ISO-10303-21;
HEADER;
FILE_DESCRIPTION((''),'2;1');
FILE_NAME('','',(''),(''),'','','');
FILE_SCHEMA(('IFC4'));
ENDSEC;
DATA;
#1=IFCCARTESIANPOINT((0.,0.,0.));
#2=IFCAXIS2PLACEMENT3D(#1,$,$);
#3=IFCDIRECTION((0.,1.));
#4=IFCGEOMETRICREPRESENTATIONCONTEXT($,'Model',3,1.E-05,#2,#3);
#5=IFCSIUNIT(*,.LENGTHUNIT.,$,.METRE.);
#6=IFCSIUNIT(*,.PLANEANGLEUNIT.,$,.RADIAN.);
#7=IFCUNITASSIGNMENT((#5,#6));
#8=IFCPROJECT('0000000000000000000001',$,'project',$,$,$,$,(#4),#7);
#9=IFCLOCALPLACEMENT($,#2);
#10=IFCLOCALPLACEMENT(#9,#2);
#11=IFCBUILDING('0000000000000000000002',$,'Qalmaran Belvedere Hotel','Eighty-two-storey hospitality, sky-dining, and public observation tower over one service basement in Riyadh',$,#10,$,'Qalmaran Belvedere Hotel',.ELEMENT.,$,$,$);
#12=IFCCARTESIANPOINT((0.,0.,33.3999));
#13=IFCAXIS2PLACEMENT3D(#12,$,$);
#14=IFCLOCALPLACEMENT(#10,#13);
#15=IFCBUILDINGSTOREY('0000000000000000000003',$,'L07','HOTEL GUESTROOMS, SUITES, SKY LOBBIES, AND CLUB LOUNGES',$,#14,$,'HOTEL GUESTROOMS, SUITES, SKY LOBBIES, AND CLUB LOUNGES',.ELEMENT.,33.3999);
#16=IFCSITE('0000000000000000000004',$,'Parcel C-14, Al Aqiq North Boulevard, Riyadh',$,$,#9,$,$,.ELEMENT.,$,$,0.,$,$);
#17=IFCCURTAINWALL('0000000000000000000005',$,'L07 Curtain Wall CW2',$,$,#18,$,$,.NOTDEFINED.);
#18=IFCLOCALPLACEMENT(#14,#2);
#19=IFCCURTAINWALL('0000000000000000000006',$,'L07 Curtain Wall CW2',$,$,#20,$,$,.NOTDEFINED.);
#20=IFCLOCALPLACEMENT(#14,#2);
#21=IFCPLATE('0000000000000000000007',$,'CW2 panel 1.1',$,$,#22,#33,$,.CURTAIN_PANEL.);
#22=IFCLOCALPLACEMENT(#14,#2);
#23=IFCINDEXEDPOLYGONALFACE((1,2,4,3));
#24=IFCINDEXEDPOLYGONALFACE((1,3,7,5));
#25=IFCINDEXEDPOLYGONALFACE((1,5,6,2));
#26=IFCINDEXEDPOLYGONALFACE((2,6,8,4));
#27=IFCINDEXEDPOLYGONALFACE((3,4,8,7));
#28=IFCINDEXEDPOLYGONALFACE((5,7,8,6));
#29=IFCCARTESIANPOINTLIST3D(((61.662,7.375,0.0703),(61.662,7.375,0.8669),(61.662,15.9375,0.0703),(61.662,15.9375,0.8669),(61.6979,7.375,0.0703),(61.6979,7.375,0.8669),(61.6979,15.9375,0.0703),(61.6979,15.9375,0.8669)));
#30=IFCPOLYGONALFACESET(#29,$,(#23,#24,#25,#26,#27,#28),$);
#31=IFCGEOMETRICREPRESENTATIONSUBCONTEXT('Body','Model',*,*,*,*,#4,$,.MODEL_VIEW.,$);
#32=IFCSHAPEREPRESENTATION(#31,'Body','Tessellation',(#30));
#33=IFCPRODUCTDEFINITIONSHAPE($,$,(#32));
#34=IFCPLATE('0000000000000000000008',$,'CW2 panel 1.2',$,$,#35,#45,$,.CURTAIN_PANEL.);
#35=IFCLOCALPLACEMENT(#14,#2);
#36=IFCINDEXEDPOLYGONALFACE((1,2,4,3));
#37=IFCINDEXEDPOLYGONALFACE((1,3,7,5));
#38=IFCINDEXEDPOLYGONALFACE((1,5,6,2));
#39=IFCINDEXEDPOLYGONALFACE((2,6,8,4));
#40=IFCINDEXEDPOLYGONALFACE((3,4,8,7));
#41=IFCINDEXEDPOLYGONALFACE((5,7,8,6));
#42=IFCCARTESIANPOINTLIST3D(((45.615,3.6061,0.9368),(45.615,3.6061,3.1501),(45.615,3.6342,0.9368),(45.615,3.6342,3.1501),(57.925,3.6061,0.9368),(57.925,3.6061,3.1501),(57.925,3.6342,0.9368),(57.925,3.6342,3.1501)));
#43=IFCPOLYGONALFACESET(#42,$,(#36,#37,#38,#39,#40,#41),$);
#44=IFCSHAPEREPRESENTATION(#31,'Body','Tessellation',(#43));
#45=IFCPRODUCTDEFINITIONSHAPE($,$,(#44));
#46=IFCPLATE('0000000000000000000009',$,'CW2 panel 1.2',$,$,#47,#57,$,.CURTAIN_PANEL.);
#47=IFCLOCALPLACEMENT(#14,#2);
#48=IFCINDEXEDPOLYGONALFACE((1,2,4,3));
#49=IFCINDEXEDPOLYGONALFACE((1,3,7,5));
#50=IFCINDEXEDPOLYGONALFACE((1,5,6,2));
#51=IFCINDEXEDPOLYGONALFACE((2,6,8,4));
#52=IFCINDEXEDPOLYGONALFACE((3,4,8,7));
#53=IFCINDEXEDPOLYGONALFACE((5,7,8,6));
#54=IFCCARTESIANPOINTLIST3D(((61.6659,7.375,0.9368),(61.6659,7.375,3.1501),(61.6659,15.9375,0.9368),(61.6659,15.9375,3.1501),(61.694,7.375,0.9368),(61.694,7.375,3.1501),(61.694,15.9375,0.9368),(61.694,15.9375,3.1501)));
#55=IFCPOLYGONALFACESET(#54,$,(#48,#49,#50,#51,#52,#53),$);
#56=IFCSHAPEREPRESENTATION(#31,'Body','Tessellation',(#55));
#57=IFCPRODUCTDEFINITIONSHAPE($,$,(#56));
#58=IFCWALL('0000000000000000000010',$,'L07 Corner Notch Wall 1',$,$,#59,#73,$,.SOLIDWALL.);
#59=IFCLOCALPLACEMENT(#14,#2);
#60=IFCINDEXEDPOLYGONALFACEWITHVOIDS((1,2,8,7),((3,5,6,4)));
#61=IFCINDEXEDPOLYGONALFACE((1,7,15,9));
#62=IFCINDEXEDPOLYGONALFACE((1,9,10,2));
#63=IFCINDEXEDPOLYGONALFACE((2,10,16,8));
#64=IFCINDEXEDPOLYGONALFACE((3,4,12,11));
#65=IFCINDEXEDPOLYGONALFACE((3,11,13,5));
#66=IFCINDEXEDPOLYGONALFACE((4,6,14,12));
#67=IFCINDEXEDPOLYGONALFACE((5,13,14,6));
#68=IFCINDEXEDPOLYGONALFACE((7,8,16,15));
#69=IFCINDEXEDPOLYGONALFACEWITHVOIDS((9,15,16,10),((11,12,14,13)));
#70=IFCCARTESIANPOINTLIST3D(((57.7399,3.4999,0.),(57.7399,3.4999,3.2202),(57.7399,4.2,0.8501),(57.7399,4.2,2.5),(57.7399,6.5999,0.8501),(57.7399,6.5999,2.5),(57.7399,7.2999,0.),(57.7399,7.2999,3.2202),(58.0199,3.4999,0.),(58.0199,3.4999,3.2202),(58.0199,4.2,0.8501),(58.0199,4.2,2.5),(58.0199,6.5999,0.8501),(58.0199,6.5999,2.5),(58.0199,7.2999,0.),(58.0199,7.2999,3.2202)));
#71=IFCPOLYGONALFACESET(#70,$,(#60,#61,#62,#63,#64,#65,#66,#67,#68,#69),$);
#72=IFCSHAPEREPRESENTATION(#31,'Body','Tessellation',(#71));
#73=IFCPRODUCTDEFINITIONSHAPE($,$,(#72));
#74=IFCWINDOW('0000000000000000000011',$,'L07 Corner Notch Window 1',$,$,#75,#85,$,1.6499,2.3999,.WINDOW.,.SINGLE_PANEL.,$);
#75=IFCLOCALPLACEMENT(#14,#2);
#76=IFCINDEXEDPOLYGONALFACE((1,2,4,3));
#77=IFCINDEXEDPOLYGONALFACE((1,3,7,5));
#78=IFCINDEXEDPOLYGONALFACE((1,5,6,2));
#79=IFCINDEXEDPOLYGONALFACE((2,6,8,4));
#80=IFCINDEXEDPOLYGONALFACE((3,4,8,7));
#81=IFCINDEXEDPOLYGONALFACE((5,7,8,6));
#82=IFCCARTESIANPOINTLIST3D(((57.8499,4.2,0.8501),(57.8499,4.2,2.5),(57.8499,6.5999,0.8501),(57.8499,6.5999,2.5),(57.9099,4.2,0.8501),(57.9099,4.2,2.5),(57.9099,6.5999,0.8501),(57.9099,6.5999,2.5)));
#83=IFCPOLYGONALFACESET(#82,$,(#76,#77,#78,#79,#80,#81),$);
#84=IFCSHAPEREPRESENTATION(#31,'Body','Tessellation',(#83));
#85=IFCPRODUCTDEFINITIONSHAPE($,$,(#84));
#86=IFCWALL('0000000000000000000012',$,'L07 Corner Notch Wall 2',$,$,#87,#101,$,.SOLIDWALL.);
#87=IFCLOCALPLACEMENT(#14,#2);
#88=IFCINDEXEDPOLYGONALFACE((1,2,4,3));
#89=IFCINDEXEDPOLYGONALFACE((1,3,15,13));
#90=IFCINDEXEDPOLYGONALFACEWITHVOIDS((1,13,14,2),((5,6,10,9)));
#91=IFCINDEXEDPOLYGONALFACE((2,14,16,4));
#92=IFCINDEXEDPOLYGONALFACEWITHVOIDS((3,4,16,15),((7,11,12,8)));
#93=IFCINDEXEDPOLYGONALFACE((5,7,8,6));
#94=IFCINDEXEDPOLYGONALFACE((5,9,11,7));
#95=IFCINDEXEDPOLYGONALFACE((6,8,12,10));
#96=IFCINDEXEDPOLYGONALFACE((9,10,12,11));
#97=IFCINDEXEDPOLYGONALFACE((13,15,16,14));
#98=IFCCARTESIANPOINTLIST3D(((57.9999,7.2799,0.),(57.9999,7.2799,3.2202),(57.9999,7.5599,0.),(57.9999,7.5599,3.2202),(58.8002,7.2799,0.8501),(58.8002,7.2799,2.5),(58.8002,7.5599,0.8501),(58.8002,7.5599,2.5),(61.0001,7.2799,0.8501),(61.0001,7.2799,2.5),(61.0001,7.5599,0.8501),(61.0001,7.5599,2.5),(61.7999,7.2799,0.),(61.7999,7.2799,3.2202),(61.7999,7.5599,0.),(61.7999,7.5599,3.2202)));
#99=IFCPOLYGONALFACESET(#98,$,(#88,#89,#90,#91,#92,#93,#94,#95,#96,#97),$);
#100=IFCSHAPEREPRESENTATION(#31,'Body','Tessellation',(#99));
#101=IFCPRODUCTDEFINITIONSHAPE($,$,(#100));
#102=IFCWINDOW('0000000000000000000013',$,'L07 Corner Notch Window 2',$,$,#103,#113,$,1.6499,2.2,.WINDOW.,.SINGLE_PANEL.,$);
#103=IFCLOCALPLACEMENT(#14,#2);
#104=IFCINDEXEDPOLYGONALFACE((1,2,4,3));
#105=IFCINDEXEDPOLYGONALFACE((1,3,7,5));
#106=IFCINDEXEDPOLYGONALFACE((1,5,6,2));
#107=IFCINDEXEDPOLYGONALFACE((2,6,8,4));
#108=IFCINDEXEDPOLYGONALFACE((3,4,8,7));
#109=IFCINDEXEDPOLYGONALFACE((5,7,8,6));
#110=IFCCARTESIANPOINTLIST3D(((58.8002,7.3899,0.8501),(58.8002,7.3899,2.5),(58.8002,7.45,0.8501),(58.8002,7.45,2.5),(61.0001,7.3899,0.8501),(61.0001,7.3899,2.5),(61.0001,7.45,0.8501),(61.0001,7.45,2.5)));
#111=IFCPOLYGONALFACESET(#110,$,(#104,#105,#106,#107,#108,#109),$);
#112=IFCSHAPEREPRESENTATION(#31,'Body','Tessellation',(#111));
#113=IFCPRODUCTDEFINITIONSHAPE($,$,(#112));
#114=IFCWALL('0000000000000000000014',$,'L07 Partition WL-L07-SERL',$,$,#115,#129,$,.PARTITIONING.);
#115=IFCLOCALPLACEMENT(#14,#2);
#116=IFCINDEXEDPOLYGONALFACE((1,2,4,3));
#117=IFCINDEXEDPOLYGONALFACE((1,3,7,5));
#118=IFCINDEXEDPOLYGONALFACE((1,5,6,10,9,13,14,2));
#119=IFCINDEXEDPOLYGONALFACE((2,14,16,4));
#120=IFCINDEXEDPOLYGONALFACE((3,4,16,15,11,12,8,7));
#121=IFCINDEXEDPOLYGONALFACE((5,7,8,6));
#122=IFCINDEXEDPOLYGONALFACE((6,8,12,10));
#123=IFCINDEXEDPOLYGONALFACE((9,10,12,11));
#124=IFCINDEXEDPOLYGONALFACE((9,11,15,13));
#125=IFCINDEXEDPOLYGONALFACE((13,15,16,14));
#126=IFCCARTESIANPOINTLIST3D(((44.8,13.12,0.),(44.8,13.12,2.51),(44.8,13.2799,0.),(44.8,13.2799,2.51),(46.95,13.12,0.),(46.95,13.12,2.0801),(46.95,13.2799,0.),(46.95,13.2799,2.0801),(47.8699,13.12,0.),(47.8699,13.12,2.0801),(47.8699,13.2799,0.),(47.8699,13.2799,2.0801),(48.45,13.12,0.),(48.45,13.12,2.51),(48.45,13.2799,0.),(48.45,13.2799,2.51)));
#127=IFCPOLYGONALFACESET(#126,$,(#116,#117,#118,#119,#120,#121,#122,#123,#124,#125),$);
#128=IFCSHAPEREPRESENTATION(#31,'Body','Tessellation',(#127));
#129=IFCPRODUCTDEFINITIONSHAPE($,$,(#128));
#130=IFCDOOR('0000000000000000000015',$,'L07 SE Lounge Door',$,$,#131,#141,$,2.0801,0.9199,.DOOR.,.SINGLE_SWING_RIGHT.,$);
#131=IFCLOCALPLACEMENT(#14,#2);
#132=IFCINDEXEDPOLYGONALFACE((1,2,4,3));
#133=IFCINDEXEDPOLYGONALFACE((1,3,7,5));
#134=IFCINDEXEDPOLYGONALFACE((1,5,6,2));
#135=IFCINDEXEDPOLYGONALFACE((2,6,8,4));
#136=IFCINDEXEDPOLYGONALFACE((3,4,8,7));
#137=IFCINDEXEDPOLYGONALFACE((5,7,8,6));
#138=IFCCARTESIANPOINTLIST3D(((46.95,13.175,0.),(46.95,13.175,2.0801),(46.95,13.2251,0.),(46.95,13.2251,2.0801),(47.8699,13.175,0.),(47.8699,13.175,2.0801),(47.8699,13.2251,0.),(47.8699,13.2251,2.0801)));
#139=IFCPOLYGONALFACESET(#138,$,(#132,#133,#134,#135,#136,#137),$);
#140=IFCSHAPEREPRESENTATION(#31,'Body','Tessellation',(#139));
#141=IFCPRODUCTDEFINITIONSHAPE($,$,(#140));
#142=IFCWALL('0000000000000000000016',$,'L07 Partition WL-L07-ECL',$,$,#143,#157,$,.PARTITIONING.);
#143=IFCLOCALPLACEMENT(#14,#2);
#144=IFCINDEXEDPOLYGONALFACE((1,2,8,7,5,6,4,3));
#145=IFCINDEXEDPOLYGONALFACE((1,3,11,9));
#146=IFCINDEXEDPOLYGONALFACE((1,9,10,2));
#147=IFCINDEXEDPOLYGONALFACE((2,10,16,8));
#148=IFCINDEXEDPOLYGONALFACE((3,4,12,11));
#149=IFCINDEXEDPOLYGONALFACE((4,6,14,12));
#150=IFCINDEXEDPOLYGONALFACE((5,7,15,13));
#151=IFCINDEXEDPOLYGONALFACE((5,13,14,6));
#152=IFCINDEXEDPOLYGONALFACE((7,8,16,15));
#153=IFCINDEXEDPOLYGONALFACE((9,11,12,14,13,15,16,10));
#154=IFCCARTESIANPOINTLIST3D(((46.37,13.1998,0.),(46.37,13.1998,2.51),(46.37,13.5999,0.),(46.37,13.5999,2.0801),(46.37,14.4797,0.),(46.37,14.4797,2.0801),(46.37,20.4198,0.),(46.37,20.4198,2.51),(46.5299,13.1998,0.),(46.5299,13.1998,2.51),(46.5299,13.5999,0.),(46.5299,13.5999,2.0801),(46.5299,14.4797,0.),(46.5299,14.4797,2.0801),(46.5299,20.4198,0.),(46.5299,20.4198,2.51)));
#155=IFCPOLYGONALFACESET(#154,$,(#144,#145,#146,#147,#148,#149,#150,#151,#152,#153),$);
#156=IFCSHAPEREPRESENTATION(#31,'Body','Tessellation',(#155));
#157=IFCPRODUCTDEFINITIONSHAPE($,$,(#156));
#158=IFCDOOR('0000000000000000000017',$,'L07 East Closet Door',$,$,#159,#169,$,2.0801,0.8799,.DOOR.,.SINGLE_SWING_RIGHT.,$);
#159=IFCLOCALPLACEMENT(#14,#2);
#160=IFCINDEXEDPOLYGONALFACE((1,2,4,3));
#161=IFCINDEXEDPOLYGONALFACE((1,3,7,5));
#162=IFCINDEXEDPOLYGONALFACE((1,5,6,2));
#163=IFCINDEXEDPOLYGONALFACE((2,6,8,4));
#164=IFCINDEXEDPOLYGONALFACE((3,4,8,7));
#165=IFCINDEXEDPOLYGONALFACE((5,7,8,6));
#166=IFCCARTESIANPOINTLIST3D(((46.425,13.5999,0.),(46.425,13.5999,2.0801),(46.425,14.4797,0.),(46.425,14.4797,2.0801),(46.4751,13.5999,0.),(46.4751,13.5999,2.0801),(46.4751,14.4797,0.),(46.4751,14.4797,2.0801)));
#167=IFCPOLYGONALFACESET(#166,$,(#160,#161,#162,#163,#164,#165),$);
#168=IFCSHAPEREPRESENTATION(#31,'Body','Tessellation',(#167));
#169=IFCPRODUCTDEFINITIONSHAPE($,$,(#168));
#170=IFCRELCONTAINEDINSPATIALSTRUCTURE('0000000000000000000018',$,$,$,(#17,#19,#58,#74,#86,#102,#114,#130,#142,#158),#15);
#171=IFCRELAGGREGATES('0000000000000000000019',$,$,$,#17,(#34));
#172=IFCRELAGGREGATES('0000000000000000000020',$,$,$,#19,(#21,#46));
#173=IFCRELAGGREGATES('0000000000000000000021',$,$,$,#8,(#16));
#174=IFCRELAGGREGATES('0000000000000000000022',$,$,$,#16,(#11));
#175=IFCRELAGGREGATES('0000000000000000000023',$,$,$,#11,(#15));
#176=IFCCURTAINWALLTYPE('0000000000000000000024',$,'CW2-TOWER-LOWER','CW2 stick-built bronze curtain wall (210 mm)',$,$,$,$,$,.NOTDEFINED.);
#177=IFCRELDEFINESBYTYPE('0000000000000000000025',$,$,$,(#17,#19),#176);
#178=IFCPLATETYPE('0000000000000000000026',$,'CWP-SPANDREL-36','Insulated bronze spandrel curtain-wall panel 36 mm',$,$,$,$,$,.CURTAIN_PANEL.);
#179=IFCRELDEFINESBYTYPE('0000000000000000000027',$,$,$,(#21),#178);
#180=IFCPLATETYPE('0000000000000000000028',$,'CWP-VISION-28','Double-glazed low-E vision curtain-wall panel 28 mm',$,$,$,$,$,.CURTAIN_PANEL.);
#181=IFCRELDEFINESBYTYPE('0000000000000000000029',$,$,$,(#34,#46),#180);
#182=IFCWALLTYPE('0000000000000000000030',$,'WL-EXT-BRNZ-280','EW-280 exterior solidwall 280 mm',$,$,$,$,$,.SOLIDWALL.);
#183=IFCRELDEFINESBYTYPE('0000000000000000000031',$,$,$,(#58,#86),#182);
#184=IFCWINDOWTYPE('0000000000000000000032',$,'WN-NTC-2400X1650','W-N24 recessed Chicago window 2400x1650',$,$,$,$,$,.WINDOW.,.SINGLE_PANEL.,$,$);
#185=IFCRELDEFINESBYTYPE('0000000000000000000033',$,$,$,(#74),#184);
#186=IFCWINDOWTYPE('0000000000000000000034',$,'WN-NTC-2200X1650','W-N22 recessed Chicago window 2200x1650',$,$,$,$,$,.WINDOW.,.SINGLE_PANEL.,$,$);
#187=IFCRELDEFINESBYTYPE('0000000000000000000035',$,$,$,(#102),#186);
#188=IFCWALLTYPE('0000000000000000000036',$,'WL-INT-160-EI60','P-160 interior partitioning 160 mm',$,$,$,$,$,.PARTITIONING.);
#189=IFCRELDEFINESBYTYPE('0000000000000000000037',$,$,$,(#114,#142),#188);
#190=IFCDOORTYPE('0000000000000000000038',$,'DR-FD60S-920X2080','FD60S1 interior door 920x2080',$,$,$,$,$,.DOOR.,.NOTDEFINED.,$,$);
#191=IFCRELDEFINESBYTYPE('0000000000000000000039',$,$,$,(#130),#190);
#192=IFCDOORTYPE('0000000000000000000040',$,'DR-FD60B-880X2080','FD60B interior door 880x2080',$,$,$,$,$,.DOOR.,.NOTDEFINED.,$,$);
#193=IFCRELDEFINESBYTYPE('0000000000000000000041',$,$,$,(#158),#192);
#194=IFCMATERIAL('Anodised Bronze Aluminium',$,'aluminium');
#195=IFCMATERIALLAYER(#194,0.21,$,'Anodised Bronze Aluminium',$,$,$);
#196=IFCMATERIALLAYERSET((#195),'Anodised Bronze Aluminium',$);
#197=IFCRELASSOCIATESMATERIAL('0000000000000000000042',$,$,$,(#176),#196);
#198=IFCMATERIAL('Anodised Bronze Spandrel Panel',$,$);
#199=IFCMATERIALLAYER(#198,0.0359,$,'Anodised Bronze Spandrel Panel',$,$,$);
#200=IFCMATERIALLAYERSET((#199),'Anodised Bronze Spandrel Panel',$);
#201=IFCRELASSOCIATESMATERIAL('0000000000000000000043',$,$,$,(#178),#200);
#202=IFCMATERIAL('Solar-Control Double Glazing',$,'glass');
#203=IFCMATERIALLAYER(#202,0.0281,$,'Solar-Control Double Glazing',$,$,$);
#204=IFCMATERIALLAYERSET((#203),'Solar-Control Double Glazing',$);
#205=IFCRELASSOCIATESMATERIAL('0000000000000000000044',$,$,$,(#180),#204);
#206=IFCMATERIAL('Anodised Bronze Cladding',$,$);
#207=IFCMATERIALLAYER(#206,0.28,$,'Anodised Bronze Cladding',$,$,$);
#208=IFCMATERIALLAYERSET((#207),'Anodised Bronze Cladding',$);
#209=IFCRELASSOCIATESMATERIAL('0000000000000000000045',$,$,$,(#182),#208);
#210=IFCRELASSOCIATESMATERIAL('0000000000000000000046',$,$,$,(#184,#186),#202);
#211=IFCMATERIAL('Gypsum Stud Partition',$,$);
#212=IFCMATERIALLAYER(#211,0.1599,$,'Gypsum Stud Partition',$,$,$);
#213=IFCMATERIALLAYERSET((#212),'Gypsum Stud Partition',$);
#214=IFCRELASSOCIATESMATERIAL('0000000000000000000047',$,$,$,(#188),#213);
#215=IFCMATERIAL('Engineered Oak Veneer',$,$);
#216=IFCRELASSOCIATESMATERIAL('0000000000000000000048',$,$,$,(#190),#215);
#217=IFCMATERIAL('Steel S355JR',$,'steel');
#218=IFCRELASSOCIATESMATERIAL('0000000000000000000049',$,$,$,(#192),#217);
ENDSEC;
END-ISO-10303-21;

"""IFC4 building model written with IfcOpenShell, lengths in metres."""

from ifc_helpers import new_model, si_unit, direction, frame, frame_2d, origin, origin_2d, place, context, subcontext, project, spatial, rectangle, extrude, material, layer, layer_set, type_object, element, fill, aggregate, save


model = new_model("IFC4")

# Units and contexts
model_context = context("Model", 3, precision=1e-05, world=origin(), true_north=direction((0.0, 1.0)))
body_context = subcontext(model_context, "Body", "Model", "MODEL_VIEW")
ifc_project = project(units=[si_unit("LENGTHUNIT", "METRE"), si_unit("PLANEANGLEUNIT", "RADIAN")], contexts=[model_context])

# Site, building, storey
site_placement = place(None, origin())
site = spatial("IfcSite", under=ifc_project, at=site_placement, Name="Parcel C-14, Al Aqiq North Boulevard, Riyadh", CompositionType="ELEMENT", RefElevation=0.0)
building_placement = place(site_placement, origin())
building = spatial("IfcBuilding", under=site, at=building_placement, Name="Qalmaran Belvedere Hotel", Description="Eighty-two-storey hospitality, sky-dining, and public observation tower over one service basement in Riyadh", LongName="Qalmaran Belvedere Hotel", CompositionType="ELEMENT")
storey_placement = place(building_placement, frame((0.0, 0.0, 33.3999)))
storey = spatial("IfcBuildingStorey", under=building, at=storey_placement, Name="L07", Description="HOTEL GUESTROOMS, SUITES, SKY LOBBIES, AND CLUB LOUNGES", LongName="HOTEL GUESTROOMS, SUITES, SKY LOBBIES, AND CLUB LOUNGES", CompositionType="ELEMENT", Elevation=33.3999)

# Shared definitions
ifc_material_1 = material(Name="Steel S355JR", Category="steel")

# Curtain wall
ifc_material_2 = material(Name="Anodised Bronze Aluminium", Category="aluminium")
ifc_layer_1 = layer(ifc_material_2, 0.21, Name="Anodised Bronze Aluminium")
ifc_layer_set_1 = layer_set([ifc_layer_1], Name="Anodised Bronze Aluminium")
curtain_wall_type = type_object("IfcCurtainWallType", Name="CW2-TOWER-LOWER", Description="CW2 stick-built bronze curtain wall (210 mm)", PredefinedType="NOTDEFINED", material=ifc_layer_set_1)
curtain_wall_1_placement = place(storey_placement, origin())
curtain_wall_1 = element("IfcCurtainWall", 1, at=curtain_wall_1_placement, inside=storey, type_object=curtain_wall_type, Name="L07 Curtain Wall CW2", PredefinedType="NOTDEFINED")

# Curtain wall
curtain_wall_2_placement = place(storey_placement, origin())
curtain_wall_2 = element("IfcCurtainWall", 2, at=curtain_wall_2_placement, inside=storey, type_object=curtain_wall_type, Name="L07 Curtain Wall CW2", PredefinedType="NOTDEFINED")

# Plates
ifc_material_3 = material(Name="Anodised Bronze Spandrel Panel")
ifc_layer_2 = layer(ifc_material_3, 0.0359, Name="Anodised Bronze Spandrel Panel")
ifc_layer_set_2 = layer_set([ifc_layer_2], Name="Anodised Bronze Spandrel Panel")
plate_type_1 = type_object("IfcPlateType", Name="CWP-SPANDREL-36", Description="Insulated bronze spandrel curtain-wall panel 36 mm", PredefinedType="CURTAIN_PANEL", material=ifc_layer_set_2)
plate_1_placement = place(storey_placement, frame((61.6799, 11.6562, 0.0703), z_axis=(0.0, 0.0, 1.0), x_axis=(0.0, 1.0, 0.0)))
plate_1 = element("IfcPlate", 3, at=plate_1_placement, type_object=plate_type_1, Name="CW2 panel 1.1", PredefinedType="CURTAIN_PANEL", context=body_context, shape_type="SweptSolid", body=[
    extrude(rectangle(XDim=8.5625, YDim=0.0359, at=origin_2d()), origin(), (0.0, 0.0, 1.0), 0.7966),
])
ifc_material_4 = material(Name="Solar-Control Double Glazing", Category="glass")
ifc_layer_3 = layer(ifc_material_4, 0.0281, Name="Solar-Control Double Glazing")
ifc_layer_set_3 = layer_set([ifc_layer_3], Name="Solar-Control Double Glazing")
plate_type_2 = type_object("IfcPlateType", Name="CWP-VISION-28", Description="Double-glazed low-E vision curtain-wall panel 28 mm", PredefinedType="CURTAIN_PANEL", material=ifc_layer_set_3)
plate_2_placement = place(storey_placement, frame((51.77, 3.6201, 0.9368), z_axis=(0.0, 0.0, 1.0), x_axis=(1.0, 0.0, 0.0)))
plate_2 = element("IfcPlate", 4, at=plate_2_placement, type_object=plate_type_2, Name="CW2 panel 1.2", PredefinedType="CURTAIN_PANEL", context=body_context, shape_type="SweptSolid", body=[
    extrude(rectangle(XDim=12.3101, YDim=0.0281, at=origin_2d()), origin(), (0.0, 0.0, 1.0), 2.2134),
])
aggregate(curtain_wall_1, [plate_2])
plate_3_placement = place(storey_placement, frame((61.6799, 11.6562, 0.9368), z_axis=(0.0, 0.0, 1.0), x_axis=(0.0, 1.0, 0.0)))
plate_3 = element("IfcPlate", 5, at=plate_3_placement, type_object=plate_type_2, Name="CW2 panel 1.2", PredefinedType="CURTAIN_PANEL", context=body_context, shape_type="SweptSolid", body=[
    extrude(rectangle(XDim=8.5625, YDim=0.0281, at=origin_2d()), origin(), (0.0, 0.0, 1.0), 2.2134),
])
aggregate(curtain_wall_2, [plate_1, plate_3])

# Walls, openings, windows
ifc_material_5 = material(Name="Anodised Bronze Cladding")
ifc_layer_4 = layer(ifc_material_5, 0.28, Name="Anodised Bronze Cladding")
ifc_layer_set_4 = layer_set([ifc_layer_4], Name="Anodised Bronze Cladding")
wall_type_1 = type_object("IfcWallType", Name="WL-EXT-BRNZ-280", Description="EW-280 exterior solidwall 280 mm", PredefinedType="SOLIDWALL", material=ifc_layer_set_4)
wall_1_placement = place(storey_placement, frame((57.8799, 3.5, 0.0), z_axis=(0.0, 0.0, 1.0), x_axis=(0.0, 1.0, 0.0)))
wall_1 = element("IfcWall", 6, at=wall_1_placement, inside=storey, type_object=wall_type_1, Name="L07 Corner Notch Wall 1", PredefinedType="SOLIDWALL", context=body_context, shape_type="SweptSolid", body=[
    extrude(rectangle(XDim=3.8, YDim=0.28, at=frame_2d((1.8999, 0.0))), origin(), (0.0, 0.0, 1.0), 3.2202),
])
opening_1_placement = place(wall_1_placement, frame((0.7, 0.0, 0.8501)))
opening_1 = element("IfcOpeningElement", 7, at=opening_1_placement, cuts=wall_1, PredefinedType="OPENING", context=body_context, shape_type="SweptSolid", body=[
    extrude(rectangle(XDim=2.3999, YDim=1.6499, at=frame_2d((1.2, 0.825))), frame((0.0, 0.1499, 0.0), z_axis=(0.0, -1.0, 0.0), x_axis=(1.0, 0.0, 0.0)), (0.0, 0.0, 1.0), 0.3),
])
window_type_1 = type_object("IfcWindowType", Name="WN-NTC-2400X1650", Description="W-N24 recessed Chicago window 2400x1650", PartitioningType="SINGLE_PANEL", PredefinedType="WINDOW", material=ifc_material_4)
window_1_placement = place(opening_1_placement, origin())
window_1 = element("IfcWindow", 8, at=window_1_placement, inside=storey, type_object=window_type_1, Name="L07 Corner Notch Window 1", OverallHeight=1.6499, OverallWidth=2.3999, PartitioningType="SINGLE_PANEL", PredefinedType="WINDOW", context=body_context, shape_type="SweptSolid", body=[
    extrude(rectangle(XDim=2.3999, YDim=1.6499, at=frame_2d((1.2, 0.825))), frame((0.0, 0.03, 0.0), z_axis=(0.0, -1.0, 0.0), x_axis=(1.0, 0.0, 0.0)), (0.0, 0.0, 1.0), 0.0601),
])
fill(opening_1, window_1)
wall_2_placement = place(storey_placement, frame((58.0, 7.4199, 0.0), z_axis=(0.0, 0.0, 1.0), x_axis=(1.0, 0.0, 0.0)))
wall_2 = element("IfcWall", 9, at=wall_2_placement, inside=storey, type_object=wall_type_1, Name="L07 Corner Notch Wall 2", PredefinedType="SOLIDWALL", context=body_context, shape_type="SweptSolid", body=[
    extrude(rectangle(XDim=3.8, YDim=0.28, at=frame_2d((1.8999, 0.0))), origin(), (0.0, 0.0, 1.0), 3.2202),
])
opening_2_placement = place(wall_2_placement, frame((0.8, 0.0, 0.8501)))
opening_2 = element("IfcOpeningElement", 10, at=opening_2_placement, cuts=wall_2, PredefinedType="OPENING", context=body_context, shape_type="SweptSolid", body=[
    extrude(rectangle(XDim=2.2, YDim=1.6499, at=frame_2d((1.1001, 0.825))), frame((0.0, 0.1499, 0.0), z_axis=(0.0, -1.0, 0.0), x_axis=(1.0, 0.0, 0.0)), (0.0, 0.0, 1.0), 0.3),
])
window_type_2 = type_object("IfcWindowType", Name="WN-NTC-2200X1650", Description="W-N22 recessed Chicago window 2200x1650", PartitioningType="SINGLE_PANEL", PredefinedType="WINDOW", material=ifc_material_4)
window_2_placement = place(opening_2_placement, origin())
window_2 = element("IfcWindow", 11, at=window_2_placement, inside=storey, type_object=window_type_2, Name="L07 Corner Notch Window 2", OverallHeight=1.6499, OverallWidth=2.2, PartitioningType="SINGLE_PANEL", PredefinedType="WINDOW", context=body_context, shape_type="SweptSolid", body=[
    extrude(rectangle(XDim=2.2, YDim=1.6499, at=frame_2d((1.1001, 0.825))), frame((0.0, 0.03, 0.0), z_axis=(0.0, -1.0, 0.0), x_axis=(1.0, 0.0, 0.0)), (0.0, 0.0, 1.0), 0.0601),
])
fill(opening_2, window_2)

# Walls, openings, doors
ifc_material_6 = material(Name="Gypsum Stud Partition")
ifc_layer_5 = layer(ifc_material_6, 0.1599, Name="Gypsum Stud Partition")
ifc_layer_set_5 = layer_set([ifc_layer_5], Name="Gypsum Stud Partition")
wall_type_2 = type_object("IfcWallType", Name="WL-INT-160-EI60", Description="P-160 interior partitioning 160 mm", PredefinedType="PARTITIONING", material=ifc_layer_set_5)
wall_3_placement = place(storey_placement, frame((44.8, 13.2, 0.0), z_axis=(0.0, 0.0, 1.0), x_axis=(1.0, 0.0, 0.0)))
wall_3 = element("IfcWall", 12, at=wall_3_placement, inside=storey, type_object=wall_type_2, Name="L07 Partition WL-L07-SERL", PredefinedType="PARTITIONING", context=body_context, shape_type="SweptSolid", body=[
    extrude(rectangle(XDim=3.6499, YDim=0.1599, at=frame_2d((1.825, 0.0))), origin(), (0.0, 0.0, 1.0), 2.51),
])
opening_3_placement = place(wall_3_placement, frame((3.0698, 0.0, 0.0), z_axis=(0.0, 0.0, 1.0), x_axis=(-1.0, 0.0, 0.0)))
opening_3 = element("IfcOpeningElement", 13, at=opening_3_placement, cuts=wall_3, PredefinedType="OPENING", context=body_context, shape_type="SweptSolid", body=[
    extrude(rectangle(XDim=0.9199, YDim=2.0801, at=frame_2d((0.46, 1.04))), frame((0.0, 0.0898, 0.0), z_axis=(0.0, -1.0, 0.0), x_axis=(1.0, 0.0, 0.0)), (0.0, 0.0, 1.0), 0.1799),
])
ifc_material_7 = material(Name="Engineered Oak Veneer")
door_type_1 = type_object("IfcDoorType", Name="DR-FD60S-920X2080", Description="FD60S1 interior door 920x2080", OperationType="NOTDEFINED", PredefinedType="DOOR", material=ifc_material_7)
door_1_placement = place(opening_3_placement, origin())
door_1 = element("IfcDoor", 14, at=door_1_placement, inside=storey, type_object=door_type_1, Name="L07 SE Lounge Door", OperationType="SINGLE_SWING_RIGHT", OverallHeight=2.0801, OverallWidth=0.9199, PredefinedType="DOOR", context=body_context, shape_type="SweptSolid", body=[
    extrude(rectangle(XDim=0.9199, YDim=2.0801, at=frame_2d((0.46, 1.04))), frame((0.0, 0.0249, 0.0), z_axis=(0.0, -1.0, 0.0), x_axis=(1.0, 0.0, 0.0)), (0.0, 0.0, 1.0), 0.05),
])
fill(opening_3, door_1)
wall_4_placement = place(storey_placement, frame((46.45, 13.2, 0.0), z_axis=(0.0, 0.0, 1.0), x_axis=(0.0, 1.0, 0.0)))
wall_4 = element("IfcWall", 15, at=wall_4_placement, inside=storey, type_object=wall_type_2, Name="L07 Partition WL-L07-ECL", PredefinedType="PARTITIONING", context=body_context, shape_type="SweptSolid", body=[
    extrude(rectangle(XDim=7.22, YDim=0.1599, at=frame_2d((3.6099, 0.0))), origin(), (0.0, 0.0, 1.0), 2.51),
])
opening_4_placement = place(wall_4_placement, frame((0.3999, 0.0, 0.0)))
opening_4 = element("IfcOpeningElement", 16, at=opening_4_placement, cuts=wall_4, PredefinedType="OPENING", context=body_context, shape_type="SweptSolid", body=[
    extrude(rectangle(XDim=0.8799, YDim=2.0801, at=frame_2d((0.4399, 1.04))), frame((0.0, 0.0898, 0.0), z_axis=(0.0, -1.0, 0.0), x_axis=(1.0, 0.0, 0.0)), (0.0, 0.0, 1.0), 0.1799),
])
door_type_2 = type_object("IfcDoorType", Name="DR-FD60B-880X2080", Description="FD60B interior door 880x2080", OperationType="NOTDEFINED", PredefinedType="DOOR", material=ifc_material_1)
door_2_placement = place(opening_4_placement, origin())
door_2 = element("IfcDoor", 17, at=door_2_placement, inside=storey, type_object=door_type_2, Name="L07 East Closet Door", OperationType="SINGLE_SWING_RIGHT", OverallHeight=2.0801, OverallWidth=0.8799, PredefinedType="DOOR", context=body_context, shape_type="SweptSolid", body=[
    extrude(rectangle(XDim=0.8799, YDim=2.0801, at=frame_2d((0.4399, 1.04))), frame((0.0, 0.0249, 0.0), z_axis=(0.0, -1.0, 0.0), x_axis=(1.0, 0.0, 0.0)), (0.0, 0.0, 1.0), 0.05),
])
fill(opening_4, door_2)

save(model, "model.ifc")
